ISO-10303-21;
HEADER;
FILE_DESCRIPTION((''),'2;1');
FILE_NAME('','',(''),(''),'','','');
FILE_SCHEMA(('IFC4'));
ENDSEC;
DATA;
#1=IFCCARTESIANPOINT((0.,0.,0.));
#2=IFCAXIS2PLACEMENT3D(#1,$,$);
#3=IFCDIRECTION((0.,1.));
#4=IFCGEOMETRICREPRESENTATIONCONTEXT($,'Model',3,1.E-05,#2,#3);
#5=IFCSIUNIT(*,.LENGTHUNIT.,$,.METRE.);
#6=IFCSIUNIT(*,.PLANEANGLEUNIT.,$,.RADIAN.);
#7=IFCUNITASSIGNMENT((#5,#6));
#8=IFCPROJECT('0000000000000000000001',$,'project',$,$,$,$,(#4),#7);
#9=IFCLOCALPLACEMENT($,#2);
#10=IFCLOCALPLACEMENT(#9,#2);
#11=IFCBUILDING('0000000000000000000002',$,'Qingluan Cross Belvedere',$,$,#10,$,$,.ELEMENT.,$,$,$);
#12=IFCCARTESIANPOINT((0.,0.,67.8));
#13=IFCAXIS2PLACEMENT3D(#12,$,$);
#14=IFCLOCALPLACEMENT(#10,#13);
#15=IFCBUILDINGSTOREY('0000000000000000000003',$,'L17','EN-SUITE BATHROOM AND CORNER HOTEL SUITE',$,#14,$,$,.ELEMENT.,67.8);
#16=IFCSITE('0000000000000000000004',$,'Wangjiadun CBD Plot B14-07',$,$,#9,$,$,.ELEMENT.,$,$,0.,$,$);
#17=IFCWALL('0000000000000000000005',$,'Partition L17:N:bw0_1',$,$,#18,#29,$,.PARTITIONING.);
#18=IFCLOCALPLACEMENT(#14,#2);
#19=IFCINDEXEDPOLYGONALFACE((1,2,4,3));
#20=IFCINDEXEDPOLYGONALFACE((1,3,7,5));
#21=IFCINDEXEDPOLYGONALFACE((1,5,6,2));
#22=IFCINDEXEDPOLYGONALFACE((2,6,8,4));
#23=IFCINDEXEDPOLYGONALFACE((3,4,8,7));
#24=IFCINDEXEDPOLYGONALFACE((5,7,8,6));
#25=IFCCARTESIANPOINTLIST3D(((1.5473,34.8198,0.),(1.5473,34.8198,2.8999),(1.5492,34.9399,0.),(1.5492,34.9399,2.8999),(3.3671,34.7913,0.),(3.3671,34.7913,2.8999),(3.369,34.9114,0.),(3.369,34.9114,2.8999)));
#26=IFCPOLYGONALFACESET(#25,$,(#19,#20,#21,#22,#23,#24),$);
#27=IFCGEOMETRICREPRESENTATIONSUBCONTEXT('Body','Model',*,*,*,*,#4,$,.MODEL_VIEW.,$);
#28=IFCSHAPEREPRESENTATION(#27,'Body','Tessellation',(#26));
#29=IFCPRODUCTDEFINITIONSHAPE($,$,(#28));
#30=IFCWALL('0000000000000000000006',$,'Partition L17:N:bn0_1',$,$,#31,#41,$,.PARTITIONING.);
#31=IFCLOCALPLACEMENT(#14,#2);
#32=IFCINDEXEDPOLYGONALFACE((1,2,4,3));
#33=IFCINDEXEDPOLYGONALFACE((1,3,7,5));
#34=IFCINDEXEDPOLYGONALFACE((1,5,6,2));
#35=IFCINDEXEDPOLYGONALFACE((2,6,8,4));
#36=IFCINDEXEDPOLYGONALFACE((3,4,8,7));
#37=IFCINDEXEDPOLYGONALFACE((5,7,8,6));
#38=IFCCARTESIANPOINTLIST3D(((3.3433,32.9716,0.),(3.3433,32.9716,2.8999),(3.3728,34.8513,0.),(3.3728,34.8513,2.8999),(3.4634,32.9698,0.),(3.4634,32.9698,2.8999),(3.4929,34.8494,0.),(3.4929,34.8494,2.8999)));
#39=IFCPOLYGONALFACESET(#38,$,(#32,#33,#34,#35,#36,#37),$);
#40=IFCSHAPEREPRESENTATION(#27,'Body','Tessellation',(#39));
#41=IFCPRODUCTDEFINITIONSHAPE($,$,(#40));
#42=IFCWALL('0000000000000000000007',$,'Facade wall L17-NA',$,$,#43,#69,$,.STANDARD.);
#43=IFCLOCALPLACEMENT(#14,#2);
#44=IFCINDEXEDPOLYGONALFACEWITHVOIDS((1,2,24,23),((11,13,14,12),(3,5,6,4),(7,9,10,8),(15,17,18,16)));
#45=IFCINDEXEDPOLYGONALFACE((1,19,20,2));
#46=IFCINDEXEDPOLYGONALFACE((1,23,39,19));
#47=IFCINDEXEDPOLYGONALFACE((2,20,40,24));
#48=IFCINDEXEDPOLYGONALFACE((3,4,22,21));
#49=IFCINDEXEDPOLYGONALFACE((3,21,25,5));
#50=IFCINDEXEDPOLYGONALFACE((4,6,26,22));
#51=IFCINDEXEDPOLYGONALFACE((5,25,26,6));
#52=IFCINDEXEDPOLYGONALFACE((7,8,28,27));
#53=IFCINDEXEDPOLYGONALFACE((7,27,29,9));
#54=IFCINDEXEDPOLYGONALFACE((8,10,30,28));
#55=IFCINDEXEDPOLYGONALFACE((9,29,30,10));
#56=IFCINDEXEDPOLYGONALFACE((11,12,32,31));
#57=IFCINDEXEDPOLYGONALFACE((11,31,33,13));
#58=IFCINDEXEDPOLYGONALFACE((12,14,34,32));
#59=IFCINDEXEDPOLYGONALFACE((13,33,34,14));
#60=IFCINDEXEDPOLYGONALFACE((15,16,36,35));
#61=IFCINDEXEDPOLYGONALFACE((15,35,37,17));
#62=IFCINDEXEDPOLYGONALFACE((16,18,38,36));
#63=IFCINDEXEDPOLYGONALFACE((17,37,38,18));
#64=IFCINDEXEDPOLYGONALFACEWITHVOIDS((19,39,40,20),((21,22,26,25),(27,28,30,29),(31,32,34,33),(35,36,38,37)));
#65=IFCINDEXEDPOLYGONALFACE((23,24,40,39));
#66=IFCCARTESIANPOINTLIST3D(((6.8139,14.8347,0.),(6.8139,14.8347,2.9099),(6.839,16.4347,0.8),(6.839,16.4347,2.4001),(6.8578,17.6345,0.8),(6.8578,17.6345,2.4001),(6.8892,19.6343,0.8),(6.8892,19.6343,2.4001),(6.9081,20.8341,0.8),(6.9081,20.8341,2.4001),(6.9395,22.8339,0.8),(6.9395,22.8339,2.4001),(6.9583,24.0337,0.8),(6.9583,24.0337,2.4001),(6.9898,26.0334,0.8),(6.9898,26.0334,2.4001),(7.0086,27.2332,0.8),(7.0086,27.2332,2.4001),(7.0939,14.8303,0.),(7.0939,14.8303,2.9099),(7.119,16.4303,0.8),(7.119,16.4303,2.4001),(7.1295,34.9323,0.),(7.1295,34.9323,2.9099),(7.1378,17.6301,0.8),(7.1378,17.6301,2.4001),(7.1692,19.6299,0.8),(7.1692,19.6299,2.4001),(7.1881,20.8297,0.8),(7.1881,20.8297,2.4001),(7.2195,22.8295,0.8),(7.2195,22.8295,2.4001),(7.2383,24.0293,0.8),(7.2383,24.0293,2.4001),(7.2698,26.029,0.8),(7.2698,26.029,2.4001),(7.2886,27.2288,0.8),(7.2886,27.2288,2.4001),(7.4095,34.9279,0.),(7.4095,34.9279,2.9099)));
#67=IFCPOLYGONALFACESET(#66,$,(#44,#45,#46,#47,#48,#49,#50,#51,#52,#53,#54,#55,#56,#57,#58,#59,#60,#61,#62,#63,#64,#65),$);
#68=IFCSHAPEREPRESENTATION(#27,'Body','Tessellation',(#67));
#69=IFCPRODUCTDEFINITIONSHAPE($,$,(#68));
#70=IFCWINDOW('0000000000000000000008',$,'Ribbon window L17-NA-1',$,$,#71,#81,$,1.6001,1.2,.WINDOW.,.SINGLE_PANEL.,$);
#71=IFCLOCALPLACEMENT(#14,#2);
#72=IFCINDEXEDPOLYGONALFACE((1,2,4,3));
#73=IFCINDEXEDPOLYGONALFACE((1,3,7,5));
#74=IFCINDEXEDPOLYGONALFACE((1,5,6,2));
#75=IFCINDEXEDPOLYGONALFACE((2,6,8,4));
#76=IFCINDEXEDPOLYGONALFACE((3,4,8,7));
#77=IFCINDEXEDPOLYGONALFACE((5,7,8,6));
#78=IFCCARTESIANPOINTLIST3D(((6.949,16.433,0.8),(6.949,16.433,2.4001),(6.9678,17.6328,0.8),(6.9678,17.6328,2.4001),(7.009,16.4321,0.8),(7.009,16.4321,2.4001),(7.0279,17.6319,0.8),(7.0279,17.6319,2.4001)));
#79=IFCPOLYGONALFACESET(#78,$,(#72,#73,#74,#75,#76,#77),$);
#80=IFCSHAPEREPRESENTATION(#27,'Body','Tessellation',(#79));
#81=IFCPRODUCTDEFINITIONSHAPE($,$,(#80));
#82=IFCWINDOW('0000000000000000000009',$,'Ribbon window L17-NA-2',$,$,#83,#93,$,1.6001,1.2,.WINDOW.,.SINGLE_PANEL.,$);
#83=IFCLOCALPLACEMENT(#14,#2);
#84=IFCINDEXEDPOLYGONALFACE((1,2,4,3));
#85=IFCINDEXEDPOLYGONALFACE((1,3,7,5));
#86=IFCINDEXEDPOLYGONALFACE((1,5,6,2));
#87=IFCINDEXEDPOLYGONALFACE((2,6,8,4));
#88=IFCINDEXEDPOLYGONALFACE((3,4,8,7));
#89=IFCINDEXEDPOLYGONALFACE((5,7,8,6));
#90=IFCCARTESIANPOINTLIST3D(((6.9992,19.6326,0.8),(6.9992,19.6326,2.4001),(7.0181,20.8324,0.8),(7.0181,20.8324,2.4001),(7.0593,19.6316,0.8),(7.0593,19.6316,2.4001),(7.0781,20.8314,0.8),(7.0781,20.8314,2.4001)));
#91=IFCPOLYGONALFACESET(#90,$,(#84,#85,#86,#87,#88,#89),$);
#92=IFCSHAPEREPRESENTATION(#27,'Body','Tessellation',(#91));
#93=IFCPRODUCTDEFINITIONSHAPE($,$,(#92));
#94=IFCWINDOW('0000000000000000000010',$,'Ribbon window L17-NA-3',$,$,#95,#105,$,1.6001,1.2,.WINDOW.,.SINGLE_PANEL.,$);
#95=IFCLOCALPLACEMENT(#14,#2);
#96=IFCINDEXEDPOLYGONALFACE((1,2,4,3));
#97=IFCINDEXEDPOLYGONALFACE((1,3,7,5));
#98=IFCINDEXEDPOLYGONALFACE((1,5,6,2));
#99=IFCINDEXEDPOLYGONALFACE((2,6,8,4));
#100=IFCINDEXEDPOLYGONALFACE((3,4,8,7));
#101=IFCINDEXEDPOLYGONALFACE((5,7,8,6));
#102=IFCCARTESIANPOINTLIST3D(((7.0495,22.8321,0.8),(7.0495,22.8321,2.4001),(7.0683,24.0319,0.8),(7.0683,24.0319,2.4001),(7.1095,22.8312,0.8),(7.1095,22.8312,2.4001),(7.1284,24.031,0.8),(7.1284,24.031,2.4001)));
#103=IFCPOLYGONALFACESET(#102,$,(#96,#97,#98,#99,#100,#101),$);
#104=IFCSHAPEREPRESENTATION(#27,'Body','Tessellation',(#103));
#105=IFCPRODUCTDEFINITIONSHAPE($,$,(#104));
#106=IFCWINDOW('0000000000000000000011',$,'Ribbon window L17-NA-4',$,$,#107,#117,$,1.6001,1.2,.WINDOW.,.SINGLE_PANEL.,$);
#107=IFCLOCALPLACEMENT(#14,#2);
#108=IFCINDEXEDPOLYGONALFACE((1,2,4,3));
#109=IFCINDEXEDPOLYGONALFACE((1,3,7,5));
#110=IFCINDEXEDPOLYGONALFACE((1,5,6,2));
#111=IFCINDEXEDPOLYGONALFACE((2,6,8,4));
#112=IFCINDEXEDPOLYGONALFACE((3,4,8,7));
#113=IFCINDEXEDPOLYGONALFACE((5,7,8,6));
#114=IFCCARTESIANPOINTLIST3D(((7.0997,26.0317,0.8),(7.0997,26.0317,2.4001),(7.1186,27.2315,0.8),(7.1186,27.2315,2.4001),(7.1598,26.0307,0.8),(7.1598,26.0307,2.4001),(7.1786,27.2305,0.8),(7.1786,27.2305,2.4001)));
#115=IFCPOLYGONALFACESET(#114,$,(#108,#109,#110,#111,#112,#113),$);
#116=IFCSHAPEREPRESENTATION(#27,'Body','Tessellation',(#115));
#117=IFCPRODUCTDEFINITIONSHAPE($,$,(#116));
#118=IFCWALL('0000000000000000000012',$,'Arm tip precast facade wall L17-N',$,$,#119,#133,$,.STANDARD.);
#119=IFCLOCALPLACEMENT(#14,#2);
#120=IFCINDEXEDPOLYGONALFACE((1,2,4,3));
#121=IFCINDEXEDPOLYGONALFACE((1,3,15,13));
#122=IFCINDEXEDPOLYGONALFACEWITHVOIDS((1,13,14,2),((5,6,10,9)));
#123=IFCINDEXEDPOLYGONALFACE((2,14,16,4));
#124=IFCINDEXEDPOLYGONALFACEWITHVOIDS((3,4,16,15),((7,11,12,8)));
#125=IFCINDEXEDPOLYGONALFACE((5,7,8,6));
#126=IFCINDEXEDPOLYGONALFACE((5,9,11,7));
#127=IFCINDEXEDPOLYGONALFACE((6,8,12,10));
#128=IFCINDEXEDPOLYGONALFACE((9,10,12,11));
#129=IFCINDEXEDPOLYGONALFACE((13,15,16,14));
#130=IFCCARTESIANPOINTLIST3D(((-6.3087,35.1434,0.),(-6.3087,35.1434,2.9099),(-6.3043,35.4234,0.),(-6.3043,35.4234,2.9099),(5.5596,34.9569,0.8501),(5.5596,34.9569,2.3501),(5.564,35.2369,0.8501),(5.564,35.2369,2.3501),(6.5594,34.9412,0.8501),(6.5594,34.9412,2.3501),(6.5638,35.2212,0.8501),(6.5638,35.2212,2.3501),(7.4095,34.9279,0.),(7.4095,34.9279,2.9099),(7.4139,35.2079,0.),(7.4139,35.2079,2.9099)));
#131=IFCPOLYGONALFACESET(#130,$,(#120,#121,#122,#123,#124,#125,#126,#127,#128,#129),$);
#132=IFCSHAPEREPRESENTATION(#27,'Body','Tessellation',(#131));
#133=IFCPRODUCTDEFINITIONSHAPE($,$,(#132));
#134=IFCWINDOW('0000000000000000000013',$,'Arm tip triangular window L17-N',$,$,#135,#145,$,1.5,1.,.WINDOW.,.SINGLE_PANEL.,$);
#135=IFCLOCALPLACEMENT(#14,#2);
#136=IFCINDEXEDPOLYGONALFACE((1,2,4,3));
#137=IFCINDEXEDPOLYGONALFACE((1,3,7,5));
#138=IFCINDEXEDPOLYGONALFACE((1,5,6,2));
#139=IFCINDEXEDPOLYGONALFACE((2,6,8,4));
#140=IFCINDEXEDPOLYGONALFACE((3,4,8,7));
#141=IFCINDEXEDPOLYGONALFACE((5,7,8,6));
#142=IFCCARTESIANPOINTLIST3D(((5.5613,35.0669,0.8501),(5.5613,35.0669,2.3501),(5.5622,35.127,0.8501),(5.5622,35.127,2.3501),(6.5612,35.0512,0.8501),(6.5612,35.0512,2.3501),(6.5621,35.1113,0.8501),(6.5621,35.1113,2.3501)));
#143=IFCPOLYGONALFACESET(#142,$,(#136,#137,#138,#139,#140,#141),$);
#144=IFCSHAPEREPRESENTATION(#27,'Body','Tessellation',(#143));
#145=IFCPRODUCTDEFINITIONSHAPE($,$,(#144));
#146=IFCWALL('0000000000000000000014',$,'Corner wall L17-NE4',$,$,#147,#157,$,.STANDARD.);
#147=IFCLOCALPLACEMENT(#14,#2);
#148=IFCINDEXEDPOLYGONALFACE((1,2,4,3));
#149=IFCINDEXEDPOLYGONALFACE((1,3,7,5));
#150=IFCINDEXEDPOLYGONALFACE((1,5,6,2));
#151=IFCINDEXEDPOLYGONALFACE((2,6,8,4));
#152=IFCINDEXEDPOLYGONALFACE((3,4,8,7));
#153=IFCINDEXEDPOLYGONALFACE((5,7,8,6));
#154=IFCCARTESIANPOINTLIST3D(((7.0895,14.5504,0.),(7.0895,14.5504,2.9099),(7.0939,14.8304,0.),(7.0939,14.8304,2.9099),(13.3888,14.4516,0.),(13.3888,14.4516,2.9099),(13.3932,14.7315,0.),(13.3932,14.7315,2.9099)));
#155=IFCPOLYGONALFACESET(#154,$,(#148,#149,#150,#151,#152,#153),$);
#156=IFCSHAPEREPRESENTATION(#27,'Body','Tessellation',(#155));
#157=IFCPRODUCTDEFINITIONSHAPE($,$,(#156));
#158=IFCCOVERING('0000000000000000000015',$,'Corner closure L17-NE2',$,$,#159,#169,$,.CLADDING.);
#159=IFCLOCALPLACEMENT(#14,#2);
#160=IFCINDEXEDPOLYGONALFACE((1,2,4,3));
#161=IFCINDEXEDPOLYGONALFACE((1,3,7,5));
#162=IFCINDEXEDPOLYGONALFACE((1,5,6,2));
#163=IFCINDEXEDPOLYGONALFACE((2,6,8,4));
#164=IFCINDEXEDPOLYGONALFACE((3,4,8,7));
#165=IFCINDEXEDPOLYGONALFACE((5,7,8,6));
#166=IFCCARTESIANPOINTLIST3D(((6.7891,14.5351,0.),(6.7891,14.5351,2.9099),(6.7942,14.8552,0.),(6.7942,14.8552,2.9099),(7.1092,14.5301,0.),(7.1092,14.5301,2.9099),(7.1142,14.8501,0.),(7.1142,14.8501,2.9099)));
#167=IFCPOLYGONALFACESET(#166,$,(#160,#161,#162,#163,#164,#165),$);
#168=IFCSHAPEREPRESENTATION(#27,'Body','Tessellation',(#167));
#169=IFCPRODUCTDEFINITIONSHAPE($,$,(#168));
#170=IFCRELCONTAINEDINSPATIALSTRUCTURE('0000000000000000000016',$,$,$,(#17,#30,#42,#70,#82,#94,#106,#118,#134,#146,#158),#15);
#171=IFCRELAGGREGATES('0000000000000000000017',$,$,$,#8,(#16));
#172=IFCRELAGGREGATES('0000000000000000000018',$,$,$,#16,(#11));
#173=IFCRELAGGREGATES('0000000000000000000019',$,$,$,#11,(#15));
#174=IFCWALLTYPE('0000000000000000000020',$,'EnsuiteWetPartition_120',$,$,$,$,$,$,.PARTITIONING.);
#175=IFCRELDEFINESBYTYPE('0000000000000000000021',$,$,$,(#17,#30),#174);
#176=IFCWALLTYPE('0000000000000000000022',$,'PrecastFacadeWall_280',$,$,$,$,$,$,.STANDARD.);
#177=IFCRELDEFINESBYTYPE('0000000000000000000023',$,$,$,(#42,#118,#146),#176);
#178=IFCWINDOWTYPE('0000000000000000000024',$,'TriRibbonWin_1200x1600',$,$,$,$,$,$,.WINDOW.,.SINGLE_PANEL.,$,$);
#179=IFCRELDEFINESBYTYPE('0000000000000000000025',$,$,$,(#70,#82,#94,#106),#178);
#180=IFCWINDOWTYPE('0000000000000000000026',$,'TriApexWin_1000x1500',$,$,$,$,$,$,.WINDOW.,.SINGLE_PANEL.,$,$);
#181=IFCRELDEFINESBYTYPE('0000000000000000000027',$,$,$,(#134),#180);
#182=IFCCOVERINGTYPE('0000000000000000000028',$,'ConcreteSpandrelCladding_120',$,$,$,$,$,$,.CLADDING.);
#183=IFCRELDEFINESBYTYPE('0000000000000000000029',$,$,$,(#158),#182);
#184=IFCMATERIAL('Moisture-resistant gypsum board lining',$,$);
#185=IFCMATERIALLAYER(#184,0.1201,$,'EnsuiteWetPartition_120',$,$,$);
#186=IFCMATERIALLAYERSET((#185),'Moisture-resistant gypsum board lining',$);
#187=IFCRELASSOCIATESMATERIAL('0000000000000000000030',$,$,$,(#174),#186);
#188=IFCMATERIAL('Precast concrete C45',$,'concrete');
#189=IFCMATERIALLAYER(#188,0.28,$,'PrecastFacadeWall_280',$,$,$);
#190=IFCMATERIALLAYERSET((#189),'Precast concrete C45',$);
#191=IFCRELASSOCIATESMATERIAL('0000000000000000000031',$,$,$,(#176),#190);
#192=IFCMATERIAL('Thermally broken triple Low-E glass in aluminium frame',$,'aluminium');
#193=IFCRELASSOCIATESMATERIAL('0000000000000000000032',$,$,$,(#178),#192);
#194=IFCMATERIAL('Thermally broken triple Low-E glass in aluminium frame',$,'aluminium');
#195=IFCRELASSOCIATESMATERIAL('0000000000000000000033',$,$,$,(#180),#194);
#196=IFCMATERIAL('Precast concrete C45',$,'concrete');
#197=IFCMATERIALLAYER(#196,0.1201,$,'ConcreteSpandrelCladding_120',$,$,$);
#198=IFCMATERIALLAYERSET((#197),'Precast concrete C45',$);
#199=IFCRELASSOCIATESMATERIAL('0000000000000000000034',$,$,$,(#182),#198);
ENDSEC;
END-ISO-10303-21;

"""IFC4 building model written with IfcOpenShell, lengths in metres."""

from ifc_helpers import new_model, si_unit, direction, frame, frame_2d, origin, origin_2d, place, context, subcontext, project, spatial, rectangle, extrude, material, layer, layer_set, type_object, element, fill, save


model = new_model("IFC4")

# Units and contexts
model_context = context("Model", 3, precision=1e-05, world=origin(), true_north=direction((0.0, 1.0)))
body_context = subcontext(model_context, "Body", "Model", "MODEL_VIEW")
ifc_project = project(units=[si_unit("LENGTHUNIT", "METRE"), si_unit("PLANEANGLEUNIT", "RADIAN")], contexts=[model_context])

# Site, building, storey
site_placement = place(None, origin())
site = spatial("IfcSite", under=ifc_project, at=site_placement, Name="Wangjiadun CBD Plot B14-07", CompositionType="ELEMENT", RefElevation=0.0)
building_placement = place(site_placement, origin())
building = spatial("IfcBuilding", under=site, at=building_placement, Name="Qingluan Cross Belvedere", CompositionType="ELEMENT")
storey_placement = place(building_placement, frame((0.0, 0.0, 67.8)))
storey = spatial("IfcBuildingStorey", under=building, at=storey_placement, Name="L17", Description="EN-SUITE BATHROOM AND CORNER HOTEL SUITE", CompositionType="ELEMENT", Elevation=67.8)

# Shared definitions
ifc_material_1 = material(Name="Moisture-resistant gypsum board lining")
ifc_layer_1 = layer(ifc_material_1, 0.1201, Name="EnsuiteWetPartition_120")
ifc_layer_set_1 = layer_set([ifc_layer_1], Name="Moisture-resistant gypsum board lining")
wall_type_1 = type_object("IfcWallType", Name="EnsuiteWetPartition_120", PredefinedType="PARTITIONING", material=ifc_layer_set_1)

# Walls
wall_1_placement = place(storey_placement, frame((1.5481, 34.8799, 0.0), z_axis=(0.0, 0.0, 1.0), x_axis=(0.999877, -0.015694, 0.0)))
element("IfcWall", 1, at=wall_1_placement, inside=storey, type_object=wall_type_1, Name="Partition L17:N:bw0_1", PredefinedType="PARTITIONING", context=body_context, shape_type="SweptSolid", body=[
    extrude(rectangle(XDim=1.8201, YDim=0.1201, at=frame_2d((0.9102, 0.0))), origin(), (0.0, 0.0, 1.0), 2.8999),
])
wall_2_placement = place(storey_placement, frame((3.4033, 32.9707, 0.0), z_axis=(0.0, 0.0, 1.0), x_axis=(0.015714, 0.999877, 0.0)))
element("IfcWall", 2, at=wall_2_placement, inside=storey, type_object=wall_type_1, Name="Partition L17:N:bn0_1", PredefinedType="PARTITIONING", context=body_context, shape_type="SweptSolid", body=[
    extrude(rectangle(XDim=1.8799, YDim=0.1201, at=frame_2d((0.9399, 0.0))), origin(), (0.0, 0.0, 1.0), 2.8999),
])

# Wall, openings, windows
ifc_material_2 = material(Name="Precast concrete C45", Category="concrete")
ifc_layer_2 = layer(ifc_material_2, 0.28, Name="PrecastFacadeWall_280")
ifc_layer_set_2 = layer_set([ifc_layer_2], Name="Precast concrete C45")
wall_type_2 = type_object("IfcWallType", Name="PrecastFacadeWall_280", PredefinedType="STANDARD", material=ifc_layer_set_2)
wall_3_placement = place(storey_placement, frame((6.9539, 14.8325, 0.0), z_axis=(0.0, 0.0, 1.0), x_axis=(0.015705, 0.999877, 0.0)))
wall_3 = element("IfcWall", 3, at=wall_3_placement, inside=storey, type_object=wall_type_2, Name="Facade wall L17-NA", PredefinedType="STANDARD", context=body_context, shape_type="SweptSolid", body=[
    extrude(rectangle(XDim=20.1001, YDim=0.28, at=frame_2d((10.05, 0.0))), origin(), (0.0, 0.0, 1.0), 2.9099),
])
opening_1_placement = place(wall_3_placement, frame((1.6001, 0.0, 0.8)))
opening_1 = element("IfcOpeningElement", 4, at=opening_1_placement, cuts=wall_3, PredefinedType="OPENING", context=body_context, shape_type="SweptSolid", body=[
    extrude(rectangle(XDim=1.2, YDim=1.6001, at=frame_2d((0.6001, 0.8))), frame((0.0, 0.1499, 0.0), z_axis=(0.0, -1.0, 0.0), x_axis=(1.0, 0.0, 0.0)), (0.0, 0.0, 1.0), 0.3),
])
opening_2_placement = place(wall_3_placement, frame((4.8, 0.0, 0.8)))
opening_2 = element("IfcOpeningElement", 5, at=opening_2_placement, cuts=wall_3, PredefinedType="OPENING", context=body_context, shape_type="SweptSolid", body=[
    extrude(rectangle(XDim=1.2, YDim=1.6001, at=frame_2d((0.6001, 0.8))), frame((0.0, 0.1499, 0.0), z_axis=(0.0, -1.0, 0.0), x_axis=(1.0, 0.0, 0.0)), (0.0, 0.0, 1.0), 0.3),
])
opening_3_placement = place(wall_3_placement, frame((8.0, 0.0, 0.8)))
opening_3 = element("IfcOpeningElement", 6, at=opening_3_placement, cuts=wall_3, PredefinedType="OPENING", context=body_context, shape_type="SweptSolid", body=[
    extrude(rectangle(XDim=1.2, YDim=1.6001, at=frame_2d((0.6001, 0.8))), frame((0.0, 0.1499, 0.0), z_axis=(0.0, -1.0, 0.0), x_axis=(1.0, 0.0, 0.0)), (0.0, 0.0, 1.0), 0.3),
])
opening_4_placement = place(wall_3_placement, frame((11.2, 0.0, 0.8)))
opening_4 = element("IfcOpeningElement", 7, at=opening_4_placement, cuts=wall_3, PredefinedType="OPENING", context=body_context, shape_type="SweptSolid", body=[
    extrude(rectangle(XDim=1.2, YDim=1.6001, at=frame_2d((0.6001, 0.8))), frame((0.0, 0.1499, 0.0), z_axis=(0.0, -1.0, 0.0), x_axis=(1.0, 0.0, 0.0)), (0.0, 0.0, 1.0), 0.3),
])
ifc_material_3 = material(Name="Thermally broken triple Low-E glass in aluminium frame", Category="aluminium")
window_type_1 = type_object("IfcWindowType", Name="TriRibbonWin_1200x1600", PartitioningType="SINGLE_PANEL", PredefinedType="WINDOW", material=ifc_material_3)
window_1_placement = place(opening_1_placement, origin())
window_1 = element("IfcWindow", 8, at=window_1_placement, inside=storey, type_object=window_type_1, Name="Ribbon window L17-NA-1", OverallHeight=1.6001, OverallWidth=1.2, PartitioningType="SINGLE_PANEL", PredefinedType="WINDOW", context=body_context, shape_type="SweptSolid", body=[
    extrude(rectangle(XDim=1.2, YDim=1.6001, at=frame_2d((0.6001, 0.8))), frame((0.0, 0.03, 0.0), z_axis=(0.0, -1.0, 0.0), x_axis=(1.0, 0.0, 0.0)), (0.0, 0.0, 1.0), 0.0601),
])
fill(opening_1, window_1)
window_2_placement = place(opening_2_placement, origin())
window_2 = element("IfcWindow", 9, at=window_2_placement, inside=storey, type_object=window_type_1, Name="Ribbon window L17-NA-2", OverallHeight=1.6001, OverallWidth=1.2, PartitioningType="SINGLE_PANEL", PredefinedType="WINDOW", context=body_context, shape_type="SweptSolid", body=[
    extrude(rectangle(XDim=1.2, YDim=1.6001, at=frame_2d((0.6001, 0.8))), frame((0.0, 0.03, 0.0), z_axis=(0.0, -1.0, 0.0), x_axis=(1.0, 0.0, 0.0)), (0.0, 0.0, 1.0), 0.0601),
])
fill(opening_2, window_2)
window_3_placement = place(opening_3_placement, origin())
window_3 = element("IfcWindow", 10, at=window_3_placement, inside=storey, type_object=window_type_1, Name="Ribbon window L17-NA-3", OverallHeight=1.6001, OverallWidth=1.2, PartitioningType="SINGLE_PANEL", PredefinedType="WINDOW", context=body_context, shape_type="SweptSolid", body=[
    extrude(rectangle(XDim=1.2, YDim=1.6001, at=frame_2d((0.6001, 0.8))), frame((0.0, 0.03, 0.0), z_axis=(0.0, -1.0, 0.0), x_axis=(1.0, 0.0, 0.0)), (0.0, 0.0, 1.0), 0.0601),
])
fill(opening_3, window_3)
window_4_placement = place(opening_4_placement, origin())
window_4 = element("IfcWindow", 11, at=window_4_placement, inside=storey, type_object=window_type_1, Name="Ribbon window L17-NA-4", OverallHeight=1.6001, OverallWidth=1.2, PartitioningType="SINGLE_PANEL", PredefinedType="WINDOW", context=body_context, shape_type="SweptSolid", body=[
    extrude(rectangle(XDim=1.2, YDim=1.6001, at=frame_2d((0.6001, 0.8))), frame((0.0, 0.03, 0.0), z_axis=(0.0, -1.0, 0.0), x_axis=(1.0, 0.0, 0.0)), (0.0, 0.0, 1.0), 0.0601),
])
fill(opening_4, window_4)

# Wall, opening, window
wall_4_placement = place(storey_placement, frame((7.4116, 35.0679, 0.0), z_axis=(0.0, 0.0, 1.0), x_axis=(-0.999877, 0.015713, 0.0)))
wall_4 = element("IfcWall", 12, at=wall_4_placement, inside=storey, type_object=wall_type_2, Name="Arm tip precast facade wall L17-N", PredefinedType="STANDARD", context=body_context, shape_type="SweptSolid", body=[
    extrude(rectangle(XDim=13.72, YDim=0.28, at=frame_2d((6.8599, 0.0))), origin(), (0.0, 0.0, 1.0), 2.9099),
])
opening_5_placement = place(wall_4_placement, frame((0.8501, 0.0, 0.8501)))
opening_5 = element("IfcOpeningElement", 13, at=opening_5_placement, cuts=wall_4, PredefinedType="OPENING", context=body_context, shape_type="SweptSolid", body=[
    extrude(rectangle(XDim=1.0, YDim=1.5, at=frame_2d((0.5, 0.75))), frame((0.0, 0.1499, 0.0), z_axis=(0.0, -1.0, 0.0), x_axis=(1.0, 0.0, 0.0)), (0.0, 0.0, 1.0), 0.3),
])
ifc_material_4 = material(Name="Thermally broken triple Low-E glass in aluminium frame", Category="aluminium")
window_type_2 = type_object("IfcWindowType", Name="TriApexWin_1000x1500", PartitioningType="SINGLE_PANEL", PredefinedType="WINDOW", material=ifc_material_4)
window_5_placement = place(opening_5_placement, origin())
window_5 = element("IfcWindow", 14, at=window_5_placement, inside=storey, type_object=window_type_2, Name="Arm tip triangular window L17-N", OverallHeight=1.5, OverallWidth=1.0, PartitioningType="SINGLE_PANEL", PredefinedType="WINDOW", context=body_context, shape_type="SweptSolid", body=[
    extrude(rectangle(XDim=1.0, YDim=1.5, at=frame_2d((0.5, 0.75))), frame((0.0, 0.03, 0.0), z_axis=(0.0, -1.0, 0.0), x_axis=(1.0, 0.0, 0.0)), (0.0, 0.0, 1.0), 0.0601),
])
fill(opening_5, window_5)

# Wall
wall_5_placement = place(storey_placement, frame((13.3909, 14.5916, 0.0), z_axis=(0.0, 0.0, 1.0), x_axis=(-0.999877, 0.015695, 0.0)))
element("IfcWall", 15, at=wall_5_placement, inside=storey, type_object=wall_type_2, Name="Corner wall L17-NE4", PredefinedType="STANDARD", context=body_context, shape_type="SweptSolid", body=[
    extrude(rectangle(XDim=6.3, YDim=0.28, at=frame_2d((3.1499, 0.0))), origin(), (0.0, 0.0, 1.0), 2.9099),
])

# Covering
ifc_material_5 = material(Name="Precast concrete C45", Category="concrete")
ifc_layer_3 = layer(ifc_material_5, 0.1201, Name="ConcreteSpandrelCladding_120")
ifc_layer_set_3 = layer_set([ifc_layer_3], Name="Precast concrete C45")
covering_type = type_object("IfcCoveringType", Name="ConcreteSpandrelCladding_120", PredefinedType="CLADDING", material=ifc_layer_set_3)
covering_placement = place(storey_placement, frame((6.9517, 14.6926, 0.0), z_axis=(0.0, 0.0, 1.0), x_axis=(0.999877, -0.015707, 0.0)))
element("IfcCovering", 16, at=covering_placement, inside=storey, type_object=covering_type, Name="Corner closure L17-NE2", PredefinedType="CLADDING", context=body_context, shape_type="SweptSolid", body=[
    extrude(rectangle(XDim=0.3201, YDim=0.3201, at=origin_2d()), origin(), (0.0, 0.0, 1.0), 2.9099),
])

save(model, "model.ifc")
